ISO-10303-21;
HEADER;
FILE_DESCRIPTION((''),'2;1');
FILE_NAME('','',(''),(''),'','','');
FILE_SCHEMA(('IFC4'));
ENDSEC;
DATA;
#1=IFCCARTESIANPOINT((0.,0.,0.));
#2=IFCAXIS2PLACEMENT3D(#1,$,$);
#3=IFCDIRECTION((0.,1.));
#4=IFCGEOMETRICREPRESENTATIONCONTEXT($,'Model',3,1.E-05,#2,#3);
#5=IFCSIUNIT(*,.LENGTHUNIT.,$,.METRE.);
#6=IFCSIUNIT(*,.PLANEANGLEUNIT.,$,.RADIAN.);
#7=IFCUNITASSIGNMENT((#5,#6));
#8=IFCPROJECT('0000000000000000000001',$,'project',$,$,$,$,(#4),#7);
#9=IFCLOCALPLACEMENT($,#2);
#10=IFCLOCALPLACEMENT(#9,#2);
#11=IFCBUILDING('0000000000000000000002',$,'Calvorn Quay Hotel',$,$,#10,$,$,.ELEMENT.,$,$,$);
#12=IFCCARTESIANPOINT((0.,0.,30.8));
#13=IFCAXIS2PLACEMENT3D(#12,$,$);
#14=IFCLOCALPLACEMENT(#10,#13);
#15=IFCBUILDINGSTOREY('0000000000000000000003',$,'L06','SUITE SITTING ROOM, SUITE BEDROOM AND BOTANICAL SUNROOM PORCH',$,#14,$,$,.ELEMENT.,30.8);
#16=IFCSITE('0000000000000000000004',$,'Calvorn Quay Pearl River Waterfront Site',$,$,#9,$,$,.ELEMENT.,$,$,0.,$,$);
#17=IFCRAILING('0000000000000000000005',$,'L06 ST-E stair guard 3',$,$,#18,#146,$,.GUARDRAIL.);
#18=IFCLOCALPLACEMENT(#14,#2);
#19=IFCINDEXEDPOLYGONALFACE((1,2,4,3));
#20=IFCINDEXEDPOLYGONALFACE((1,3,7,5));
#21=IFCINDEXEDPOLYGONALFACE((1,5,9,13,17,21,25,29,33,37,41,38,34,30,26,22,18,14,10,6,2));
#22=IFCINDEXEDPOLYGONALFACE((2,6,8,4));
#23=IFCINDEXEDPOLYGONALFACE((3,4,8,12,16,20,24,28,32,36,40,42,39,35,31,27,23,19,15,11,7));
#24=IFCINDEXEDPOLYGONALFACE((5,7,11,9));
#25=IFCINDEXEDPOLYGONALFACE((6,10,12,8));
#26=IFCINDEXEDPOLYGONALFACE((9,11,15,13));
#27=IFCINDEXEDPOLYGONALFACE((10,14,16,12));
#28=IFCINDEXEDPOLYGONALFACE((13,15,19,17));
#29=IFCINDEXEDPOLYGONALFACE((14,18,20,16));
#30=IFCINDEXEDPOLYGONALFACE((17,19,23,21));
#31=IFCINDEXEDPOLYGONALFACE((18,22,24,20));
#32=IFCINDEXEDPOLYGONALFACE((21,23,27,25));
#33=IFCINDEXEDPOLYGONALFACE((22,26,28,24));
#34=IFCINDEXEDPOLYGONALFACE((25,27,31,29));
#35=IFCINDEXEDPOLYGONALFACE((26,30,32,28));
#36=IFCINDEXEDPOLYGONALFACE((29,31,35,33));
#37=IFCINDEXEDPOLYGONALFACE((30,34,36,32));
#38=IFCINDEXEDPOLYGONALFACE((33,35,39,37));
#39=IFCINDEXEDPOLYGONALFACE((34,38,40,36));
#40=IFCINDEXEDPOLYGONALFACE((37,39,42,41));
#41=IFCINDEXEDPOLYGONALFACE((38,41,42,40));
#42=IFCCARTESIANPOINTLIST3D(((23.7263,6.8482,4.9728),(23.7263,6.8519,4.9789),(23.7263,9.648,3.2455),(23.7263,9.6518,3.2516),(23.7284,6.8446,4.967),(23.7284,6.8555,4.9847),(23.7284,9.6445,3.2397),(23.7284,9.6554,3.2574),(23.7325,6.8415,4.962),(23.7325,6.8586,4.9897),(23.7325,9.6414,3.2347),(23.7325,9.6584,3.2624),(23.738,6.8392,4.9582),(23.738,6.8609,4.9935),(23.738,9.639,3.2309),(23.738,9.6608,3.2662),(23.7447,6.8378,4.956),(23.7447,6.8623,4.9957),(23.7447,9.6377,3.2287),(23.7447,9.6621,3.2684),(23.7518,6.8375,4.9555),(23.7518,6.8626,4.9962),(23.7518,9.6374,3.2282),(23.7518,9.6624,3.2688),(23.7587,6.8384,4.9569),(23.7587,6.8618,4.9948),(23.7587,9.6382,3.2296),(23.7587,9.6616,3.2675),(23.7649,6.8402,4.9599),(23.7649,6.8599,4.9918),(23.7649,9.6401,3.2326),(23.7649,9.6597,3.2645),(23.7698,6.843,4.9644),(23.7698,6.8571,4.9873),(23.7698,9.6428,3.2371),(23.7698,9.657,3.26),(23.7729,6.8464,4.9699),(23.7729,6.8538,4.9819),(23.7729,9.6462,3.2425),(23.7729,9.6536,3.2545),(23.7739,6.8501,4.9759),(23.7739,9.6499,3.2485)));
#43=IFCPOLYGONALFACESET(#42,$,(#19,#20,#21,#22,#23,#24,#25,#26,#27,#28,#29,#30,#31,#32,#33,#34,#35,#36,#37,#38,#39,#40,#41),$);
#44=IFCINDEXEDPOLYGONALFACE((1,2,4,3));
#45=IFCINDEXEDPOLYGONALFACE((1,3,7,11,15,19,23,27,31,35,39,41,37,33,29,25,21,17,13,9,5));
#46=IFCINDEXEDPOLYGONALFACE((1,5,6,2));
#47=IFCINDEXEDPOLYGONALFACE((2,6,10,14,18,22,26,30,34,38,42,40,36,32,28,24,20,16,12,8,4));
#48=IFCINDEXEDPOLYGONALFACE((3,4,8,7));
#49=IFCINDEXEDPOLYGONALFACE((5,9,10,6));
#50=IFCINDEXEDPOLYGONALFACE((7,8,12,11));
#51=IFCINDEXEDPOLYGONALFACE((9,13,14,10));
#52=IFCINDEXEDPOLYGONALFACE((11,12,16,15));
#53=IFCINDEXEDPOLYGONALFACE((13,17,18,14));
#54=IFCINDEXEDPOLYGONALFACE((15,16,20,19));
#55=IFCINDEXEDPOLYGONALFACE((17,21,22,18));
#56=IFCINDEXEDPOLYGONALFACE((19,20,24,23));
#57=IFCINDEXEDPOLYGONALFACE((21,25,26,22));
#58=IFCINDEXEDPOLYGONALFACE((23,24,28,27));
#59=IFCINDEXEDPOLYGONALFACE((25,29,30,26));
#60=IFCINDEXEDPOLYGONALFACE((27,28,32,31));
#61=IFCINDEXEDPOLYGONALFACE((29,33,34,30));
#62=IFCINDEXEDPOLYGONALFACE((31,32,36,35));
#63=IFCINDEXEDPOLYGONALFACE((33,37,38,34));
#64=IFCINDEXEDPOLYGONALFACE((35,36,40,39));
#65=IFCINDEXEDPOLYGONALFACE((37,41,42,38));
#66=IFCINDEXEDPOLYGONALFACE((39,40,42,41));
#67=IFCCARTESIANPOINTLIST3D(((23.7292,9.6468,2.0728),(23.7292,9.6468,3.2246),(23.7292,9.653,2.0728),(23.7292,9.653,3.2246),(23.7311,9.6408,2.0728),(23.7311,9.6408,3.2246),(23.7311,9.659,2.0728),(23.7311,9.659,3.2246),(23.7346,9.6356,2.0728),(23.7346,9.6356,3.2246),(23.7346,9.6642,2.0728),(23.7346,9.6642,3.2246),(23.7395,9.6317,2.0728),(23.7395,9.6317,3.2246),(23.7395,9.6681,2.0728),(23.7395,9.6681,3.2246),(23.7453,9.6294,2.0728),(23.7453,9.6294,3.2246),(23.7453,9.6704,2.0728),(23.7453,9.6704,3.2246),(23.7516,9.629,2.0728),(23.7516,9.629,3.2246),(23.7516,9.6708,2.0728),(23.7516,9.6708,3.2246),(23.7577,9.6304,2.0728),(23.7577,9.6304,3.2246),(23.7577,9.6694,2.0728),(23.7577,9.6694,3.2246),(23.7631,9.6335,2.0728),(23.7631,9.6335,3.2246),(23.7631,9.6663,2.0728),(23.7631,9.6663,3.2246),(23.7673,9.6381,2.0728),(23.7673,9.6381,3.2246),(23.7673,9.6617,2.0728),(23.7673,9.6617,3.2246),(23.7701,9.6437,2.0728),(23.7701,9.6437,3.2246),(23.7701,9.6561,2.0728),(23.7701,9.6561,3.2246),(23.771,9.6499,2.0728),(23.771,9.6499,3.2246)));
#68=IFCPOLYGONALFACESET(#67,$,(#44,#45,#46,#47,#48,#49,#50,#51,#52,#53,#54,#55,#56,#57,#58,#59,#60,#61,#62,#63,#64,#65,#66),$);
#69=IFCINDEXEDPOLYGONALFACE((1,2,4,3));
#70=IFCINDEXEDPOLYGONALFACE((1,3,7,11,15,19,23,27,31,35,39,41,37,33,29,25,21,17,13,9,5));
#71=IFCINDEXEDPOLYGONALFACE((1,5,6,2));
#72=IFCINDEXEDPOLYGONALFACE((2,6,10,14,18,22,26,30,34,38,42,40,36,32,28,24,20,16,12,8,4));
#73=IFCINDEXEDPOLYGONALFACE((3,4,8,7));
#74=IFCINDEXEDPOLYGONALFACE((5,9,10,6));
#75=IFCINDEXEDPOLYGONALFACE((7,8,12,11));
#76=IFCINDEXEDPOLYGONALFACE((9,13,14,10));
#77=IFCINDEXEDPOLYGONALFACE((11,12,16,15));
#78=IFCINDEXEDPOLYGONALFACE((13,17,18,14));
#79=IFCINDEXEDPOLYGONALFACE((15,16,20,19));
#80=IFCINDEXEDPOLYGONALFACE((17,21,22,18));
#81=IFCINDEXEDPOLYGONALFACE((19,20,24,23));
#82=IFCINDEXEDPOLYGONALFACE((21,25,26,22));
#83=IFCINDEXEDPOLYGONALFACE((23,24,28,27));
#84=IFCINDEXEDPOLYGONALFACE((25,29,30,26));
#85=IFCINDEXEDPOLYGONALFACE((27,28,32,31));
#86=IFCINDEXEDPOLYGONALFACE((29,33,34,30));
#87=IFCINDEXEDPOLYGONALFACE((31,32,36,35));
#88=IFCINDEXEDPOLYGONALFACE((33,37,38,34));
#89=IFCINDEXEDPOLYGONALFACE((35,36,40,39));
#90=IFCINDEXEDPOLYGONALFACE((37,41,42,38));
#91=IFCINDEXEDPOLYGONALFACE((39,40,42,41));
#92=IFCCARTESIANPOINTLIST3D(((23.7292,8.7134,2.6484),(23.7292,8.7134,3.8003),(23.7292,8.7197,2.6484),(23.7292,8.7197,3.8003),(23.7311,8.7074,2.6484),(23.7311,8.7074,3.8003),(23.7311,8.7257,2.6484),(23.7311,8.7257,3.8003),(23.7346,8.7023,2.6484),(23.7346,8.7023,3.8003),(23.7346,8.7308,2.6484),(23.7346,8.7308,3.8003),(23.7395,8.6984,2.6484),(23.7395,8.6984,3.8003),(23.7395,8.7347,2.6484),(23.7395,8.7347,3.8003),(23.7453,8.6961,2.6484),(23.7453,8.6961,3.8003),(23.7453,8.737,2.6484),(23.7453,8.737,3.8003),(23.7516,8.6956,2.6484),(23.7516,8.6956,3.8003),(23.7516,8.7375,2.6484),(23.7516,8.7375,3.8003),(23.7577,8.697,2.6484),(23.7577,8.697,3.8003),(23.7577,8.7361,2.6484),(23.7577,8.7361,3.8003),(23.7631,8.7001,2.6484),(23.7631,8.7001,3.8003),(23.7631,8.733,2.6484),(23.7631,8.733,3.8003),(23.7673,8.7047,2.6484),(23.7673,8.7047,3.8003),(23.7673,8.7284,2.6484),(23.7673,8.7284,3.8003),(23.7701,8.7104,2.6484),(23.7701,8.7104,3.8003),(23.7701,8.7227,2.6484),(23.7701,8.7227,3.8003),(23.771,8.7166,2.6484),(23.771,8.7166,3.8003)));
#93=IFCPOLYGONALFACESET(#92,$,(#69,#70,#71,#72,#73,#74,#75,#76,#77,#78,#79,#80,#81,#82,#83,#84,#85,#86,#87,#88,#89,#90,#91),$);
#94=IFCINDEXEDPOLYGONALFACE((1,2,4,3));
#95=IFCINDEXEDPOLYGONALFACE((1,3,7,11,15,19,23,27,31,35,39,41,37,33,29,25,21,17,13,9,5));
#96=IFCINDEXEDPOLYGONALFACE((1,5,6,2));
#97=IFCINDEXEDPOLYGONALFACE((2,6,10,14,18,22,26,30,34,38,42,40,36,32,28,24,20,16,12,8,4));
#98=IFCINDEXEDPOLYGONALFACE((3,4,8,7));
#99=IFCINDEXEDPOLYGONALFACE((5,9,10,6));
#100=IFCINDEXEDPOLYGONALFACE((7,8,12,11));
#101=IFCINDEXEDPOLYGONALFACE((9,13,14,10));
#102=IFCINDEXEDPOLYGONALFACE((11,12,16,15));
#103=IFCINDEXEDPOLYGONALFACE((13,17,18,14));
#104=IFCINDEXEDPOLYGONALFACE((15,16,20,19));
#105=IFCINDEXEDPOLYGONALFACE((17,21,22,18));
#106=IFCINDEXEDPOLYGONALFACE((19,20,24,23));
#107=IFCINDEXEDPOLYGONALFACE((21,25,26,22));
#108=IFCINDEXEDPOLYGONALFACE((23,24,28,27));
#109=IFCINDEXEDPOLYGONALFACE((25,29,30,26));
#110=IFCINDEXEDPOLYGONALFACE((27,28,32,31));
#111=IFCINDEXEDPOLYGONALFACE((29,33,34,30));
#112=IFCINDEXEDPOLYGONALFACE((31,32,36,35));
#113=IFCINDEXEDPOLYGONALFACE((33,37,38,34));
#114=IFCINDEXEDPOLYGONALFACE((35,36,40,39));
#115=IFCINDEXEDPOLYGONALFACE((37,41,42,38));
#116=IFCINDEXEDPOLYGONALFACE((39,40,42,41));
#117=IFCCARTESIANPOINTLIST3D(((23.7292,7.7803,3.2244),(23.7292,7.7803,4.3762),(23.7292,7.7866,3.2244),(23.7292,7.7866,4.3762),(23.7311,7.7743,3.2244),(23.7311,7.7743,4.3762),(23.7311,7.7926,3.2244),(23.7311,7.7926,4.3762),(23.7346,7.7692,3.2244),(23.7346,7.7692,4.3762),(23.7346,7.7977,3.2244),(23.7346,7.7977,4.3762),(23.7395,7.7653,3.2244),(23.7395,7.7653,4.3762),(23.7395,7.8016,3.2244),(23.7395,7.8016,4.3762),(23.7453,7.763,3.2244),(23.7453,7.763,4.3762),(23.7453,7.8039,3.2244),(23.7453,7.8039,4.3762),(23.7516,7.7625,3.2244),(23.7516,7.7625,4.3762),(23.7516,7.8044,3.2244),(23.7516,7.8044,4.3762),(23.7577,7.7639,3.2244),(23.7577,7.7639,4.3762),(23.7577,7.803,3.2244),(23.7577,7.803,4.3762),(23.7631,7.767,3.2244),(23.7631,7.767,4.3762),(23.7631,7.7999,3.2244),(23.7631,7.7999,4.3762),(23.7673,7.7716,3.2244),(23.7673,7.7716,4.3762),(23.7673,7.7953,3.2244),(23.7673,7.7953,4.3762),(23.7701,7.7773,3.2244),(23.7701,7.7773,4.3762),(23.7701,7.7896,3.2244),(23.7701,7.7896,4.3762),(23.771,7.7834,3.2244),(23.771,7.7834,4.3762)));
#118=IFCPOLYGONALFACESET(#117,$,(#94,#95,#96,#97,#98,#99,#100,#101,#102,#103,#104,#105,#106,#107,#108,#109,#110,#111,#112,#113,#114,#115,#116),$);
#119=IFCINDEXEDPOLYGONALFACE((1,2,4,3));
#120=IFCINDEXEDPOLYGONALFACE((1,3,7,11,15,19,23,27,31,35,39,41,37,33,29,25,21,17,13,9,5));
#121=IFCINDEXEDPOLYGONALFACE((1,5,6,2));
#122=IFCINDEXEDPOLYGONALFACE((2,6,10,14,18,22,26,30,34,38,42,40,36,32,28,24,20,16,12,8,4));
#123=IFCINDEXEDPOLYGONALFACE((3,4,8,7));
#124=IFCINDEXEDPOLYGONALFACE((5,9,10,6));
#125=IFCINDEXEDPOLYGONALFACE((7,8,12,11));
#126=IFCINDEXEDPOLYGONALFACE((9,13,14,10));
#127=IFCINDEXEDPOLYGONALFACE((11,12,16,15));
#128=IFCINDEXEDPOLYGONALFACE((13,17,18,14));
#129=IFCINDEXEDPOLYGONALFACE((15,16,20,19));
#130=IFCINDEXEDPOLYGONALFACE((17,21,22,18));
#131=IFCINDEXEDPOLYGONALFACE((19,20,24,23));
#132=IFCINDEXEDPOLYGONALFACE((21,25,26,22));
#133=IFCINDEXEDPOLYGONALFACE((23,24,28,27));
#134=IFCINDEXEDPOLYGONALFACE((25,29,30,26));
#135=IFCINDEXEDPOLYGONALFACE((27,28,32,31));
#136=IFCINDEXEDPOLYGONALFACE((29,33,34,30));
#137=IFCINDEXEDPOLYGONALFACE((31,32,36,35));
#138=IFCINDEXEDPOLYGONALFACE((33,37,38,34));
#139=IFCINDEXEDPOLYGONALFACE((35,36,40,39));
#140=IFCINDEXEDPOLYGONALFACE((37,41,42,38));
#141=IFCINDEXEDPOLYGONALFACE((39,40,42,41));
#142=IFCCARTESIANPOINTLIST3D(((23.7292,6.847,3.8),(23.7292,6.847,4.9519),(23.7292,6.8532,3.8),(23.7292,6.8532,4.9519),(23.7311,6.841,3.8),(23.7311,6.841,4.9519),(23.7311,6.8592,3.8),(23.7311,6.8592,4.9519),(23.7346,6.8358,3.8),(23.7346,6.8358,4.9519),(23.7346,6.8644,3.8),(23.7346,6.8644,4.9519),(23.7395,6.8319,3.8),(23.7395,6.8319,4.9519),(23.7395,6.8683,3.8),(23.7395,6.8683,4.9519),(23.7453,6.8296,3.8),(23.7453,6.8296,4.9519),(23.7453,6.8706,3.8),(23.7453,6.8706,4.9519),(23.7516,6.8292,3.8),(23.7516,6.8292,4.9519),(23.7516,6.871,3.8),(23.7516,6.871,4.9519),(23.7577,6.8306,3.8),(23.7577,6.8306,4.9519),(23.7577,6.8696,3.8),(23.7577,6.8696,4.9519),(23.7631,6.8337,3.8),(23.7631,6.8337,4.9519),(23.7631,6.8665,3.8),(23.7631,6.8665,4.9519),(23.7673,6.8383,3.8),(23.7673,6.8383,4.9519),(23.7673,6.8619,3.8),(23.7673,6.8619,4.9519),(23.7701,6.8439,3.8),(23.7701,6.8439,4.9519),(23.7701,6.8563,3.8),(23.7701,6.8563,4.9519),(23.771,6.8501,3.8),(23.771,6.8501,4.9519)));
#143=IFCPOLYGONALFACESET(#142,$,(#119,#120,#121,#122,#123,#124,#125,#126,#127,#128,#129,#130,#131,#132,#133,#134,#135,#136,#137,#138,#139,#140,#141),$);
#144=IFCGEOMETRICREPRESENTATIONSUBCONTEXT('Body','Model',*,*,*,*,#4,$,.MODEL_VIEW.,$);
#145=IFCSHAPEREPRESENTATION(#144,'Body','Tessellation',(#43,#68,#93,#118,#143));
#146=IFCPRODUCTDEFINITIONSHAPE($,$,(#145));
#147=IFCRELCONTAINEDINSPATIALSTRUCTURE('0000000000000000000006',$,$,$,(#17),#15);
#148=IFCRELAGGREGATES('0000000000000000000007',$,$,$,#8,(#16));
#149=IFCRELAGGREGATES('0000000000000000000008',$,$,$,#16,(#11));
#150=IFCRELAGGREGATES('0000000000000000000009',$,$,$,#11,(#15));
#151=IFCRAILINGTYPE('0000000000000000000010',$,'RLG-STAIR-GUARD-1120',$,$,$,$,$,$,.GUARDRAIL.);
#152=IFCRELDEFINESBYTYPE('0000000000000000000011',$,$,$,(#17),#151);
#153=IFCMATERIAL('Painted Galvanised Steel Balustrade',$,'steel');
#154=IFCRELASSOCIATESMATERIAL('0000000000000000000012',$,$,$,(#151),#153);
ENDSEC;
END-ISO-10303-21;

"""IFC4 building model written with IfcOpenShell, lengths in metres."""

from ifc_helpers import new_model, si_unit, direction, frame, origin, origin_2d, place, context, subcontext, project, spatial, circle, extrude, material, type_object, element, save


model = new_model("IFC4")

# Units and contexts
model_context = context("Model", 3, precision=1e-05, world=origin(), true_north=direction((0.0, 1.0)))
body_context = subcontext(model_context, "Body", "Model", "MODEL_VIEW")
ifc_project = project(units=[si_unit("LENGTHUNIT", "METRE"), si_unit("PLANEANGLEUNIT", "RADIAN")], contexts=[model_context])

# Site, building, storey
site_placement = place(None, origin())
site = spatial("IfcSite", under=ifc_project, at=site_placement, Name="Calvorn Quay Pearl River Waterfront Site", CompositionType="ELEMENT", RefElevation=0.0)
building_placement = place(site_placement, origin())
building = spatial("IfcBuilding", under=site, at=building_placement, Name="Calvorn Quay Hotel", CompositionType="ELEMENT")
storey_placement = place(building_placement, frame((0.0, 0.0, 30.8)))
storey = spatial("IfcBuildingStorey", under=building, at=storey_placement, Name="L06", Description="SUITE SITTING ROOM, SUITE BEDROOM AND BOTANICAL SUNROOM PORCH", CompositionType="ELEMENT", Elevation=30.8)

# Railing
ifc_material_1 = material(Name="Painted Galvanised Steel Balustrade", Category="steel")
railing_type_1 = type_object("IfcRailingType", Name="RLG-STAIR-GUARD-1120", PredefinedType="GUARDRAIL", material=ifc_material_1)
railing_1_placement = place(storey_placement, frame((23.75, 9.6499, 2.0728)))
element("IfcRailing", 1, at=railing_1_placement, inside=storey, type_object=railing_type_1, Name="L06 ST-E stair guard 3", PredefinedType="GUARDRAIL", context=body_context, shape_type="SweptSolid", body=[
    extrude(circle(Radius=0.0239, at=origin_2d()), frame((0.0, 0.0, 1.1758), z_axis=(0.0, -0.851069, 0.525054), x_axis=(1.0, 0.0, 0.0)), (0.0, 0.0, 1.0), 3.2898),
    extrude(circle(Radius=0.021, at=origin_2d()), origin(), (0.0, 0.0, 1.0), 1.1519),
    extrude(circle(Radius=0.021, at=origin_2d()), frame((0.0, -0.9333, 0.5757)), (0.0, 0.0, 1.0), 1.1519),
    extrude(circle(Radius=0.021, at=origin_2d()), frame((0.0, -1.8665, 1.1516)), (0.0, 0.0, 1.0), 1.1519),
    extrude(circle(Radius=0.021, at=origin_2d()), frame((0.0, -2.7998, 1.7273)), (0.0, 0.0, 1.0), 1.1519),
])

save(model, "model.ifc")
